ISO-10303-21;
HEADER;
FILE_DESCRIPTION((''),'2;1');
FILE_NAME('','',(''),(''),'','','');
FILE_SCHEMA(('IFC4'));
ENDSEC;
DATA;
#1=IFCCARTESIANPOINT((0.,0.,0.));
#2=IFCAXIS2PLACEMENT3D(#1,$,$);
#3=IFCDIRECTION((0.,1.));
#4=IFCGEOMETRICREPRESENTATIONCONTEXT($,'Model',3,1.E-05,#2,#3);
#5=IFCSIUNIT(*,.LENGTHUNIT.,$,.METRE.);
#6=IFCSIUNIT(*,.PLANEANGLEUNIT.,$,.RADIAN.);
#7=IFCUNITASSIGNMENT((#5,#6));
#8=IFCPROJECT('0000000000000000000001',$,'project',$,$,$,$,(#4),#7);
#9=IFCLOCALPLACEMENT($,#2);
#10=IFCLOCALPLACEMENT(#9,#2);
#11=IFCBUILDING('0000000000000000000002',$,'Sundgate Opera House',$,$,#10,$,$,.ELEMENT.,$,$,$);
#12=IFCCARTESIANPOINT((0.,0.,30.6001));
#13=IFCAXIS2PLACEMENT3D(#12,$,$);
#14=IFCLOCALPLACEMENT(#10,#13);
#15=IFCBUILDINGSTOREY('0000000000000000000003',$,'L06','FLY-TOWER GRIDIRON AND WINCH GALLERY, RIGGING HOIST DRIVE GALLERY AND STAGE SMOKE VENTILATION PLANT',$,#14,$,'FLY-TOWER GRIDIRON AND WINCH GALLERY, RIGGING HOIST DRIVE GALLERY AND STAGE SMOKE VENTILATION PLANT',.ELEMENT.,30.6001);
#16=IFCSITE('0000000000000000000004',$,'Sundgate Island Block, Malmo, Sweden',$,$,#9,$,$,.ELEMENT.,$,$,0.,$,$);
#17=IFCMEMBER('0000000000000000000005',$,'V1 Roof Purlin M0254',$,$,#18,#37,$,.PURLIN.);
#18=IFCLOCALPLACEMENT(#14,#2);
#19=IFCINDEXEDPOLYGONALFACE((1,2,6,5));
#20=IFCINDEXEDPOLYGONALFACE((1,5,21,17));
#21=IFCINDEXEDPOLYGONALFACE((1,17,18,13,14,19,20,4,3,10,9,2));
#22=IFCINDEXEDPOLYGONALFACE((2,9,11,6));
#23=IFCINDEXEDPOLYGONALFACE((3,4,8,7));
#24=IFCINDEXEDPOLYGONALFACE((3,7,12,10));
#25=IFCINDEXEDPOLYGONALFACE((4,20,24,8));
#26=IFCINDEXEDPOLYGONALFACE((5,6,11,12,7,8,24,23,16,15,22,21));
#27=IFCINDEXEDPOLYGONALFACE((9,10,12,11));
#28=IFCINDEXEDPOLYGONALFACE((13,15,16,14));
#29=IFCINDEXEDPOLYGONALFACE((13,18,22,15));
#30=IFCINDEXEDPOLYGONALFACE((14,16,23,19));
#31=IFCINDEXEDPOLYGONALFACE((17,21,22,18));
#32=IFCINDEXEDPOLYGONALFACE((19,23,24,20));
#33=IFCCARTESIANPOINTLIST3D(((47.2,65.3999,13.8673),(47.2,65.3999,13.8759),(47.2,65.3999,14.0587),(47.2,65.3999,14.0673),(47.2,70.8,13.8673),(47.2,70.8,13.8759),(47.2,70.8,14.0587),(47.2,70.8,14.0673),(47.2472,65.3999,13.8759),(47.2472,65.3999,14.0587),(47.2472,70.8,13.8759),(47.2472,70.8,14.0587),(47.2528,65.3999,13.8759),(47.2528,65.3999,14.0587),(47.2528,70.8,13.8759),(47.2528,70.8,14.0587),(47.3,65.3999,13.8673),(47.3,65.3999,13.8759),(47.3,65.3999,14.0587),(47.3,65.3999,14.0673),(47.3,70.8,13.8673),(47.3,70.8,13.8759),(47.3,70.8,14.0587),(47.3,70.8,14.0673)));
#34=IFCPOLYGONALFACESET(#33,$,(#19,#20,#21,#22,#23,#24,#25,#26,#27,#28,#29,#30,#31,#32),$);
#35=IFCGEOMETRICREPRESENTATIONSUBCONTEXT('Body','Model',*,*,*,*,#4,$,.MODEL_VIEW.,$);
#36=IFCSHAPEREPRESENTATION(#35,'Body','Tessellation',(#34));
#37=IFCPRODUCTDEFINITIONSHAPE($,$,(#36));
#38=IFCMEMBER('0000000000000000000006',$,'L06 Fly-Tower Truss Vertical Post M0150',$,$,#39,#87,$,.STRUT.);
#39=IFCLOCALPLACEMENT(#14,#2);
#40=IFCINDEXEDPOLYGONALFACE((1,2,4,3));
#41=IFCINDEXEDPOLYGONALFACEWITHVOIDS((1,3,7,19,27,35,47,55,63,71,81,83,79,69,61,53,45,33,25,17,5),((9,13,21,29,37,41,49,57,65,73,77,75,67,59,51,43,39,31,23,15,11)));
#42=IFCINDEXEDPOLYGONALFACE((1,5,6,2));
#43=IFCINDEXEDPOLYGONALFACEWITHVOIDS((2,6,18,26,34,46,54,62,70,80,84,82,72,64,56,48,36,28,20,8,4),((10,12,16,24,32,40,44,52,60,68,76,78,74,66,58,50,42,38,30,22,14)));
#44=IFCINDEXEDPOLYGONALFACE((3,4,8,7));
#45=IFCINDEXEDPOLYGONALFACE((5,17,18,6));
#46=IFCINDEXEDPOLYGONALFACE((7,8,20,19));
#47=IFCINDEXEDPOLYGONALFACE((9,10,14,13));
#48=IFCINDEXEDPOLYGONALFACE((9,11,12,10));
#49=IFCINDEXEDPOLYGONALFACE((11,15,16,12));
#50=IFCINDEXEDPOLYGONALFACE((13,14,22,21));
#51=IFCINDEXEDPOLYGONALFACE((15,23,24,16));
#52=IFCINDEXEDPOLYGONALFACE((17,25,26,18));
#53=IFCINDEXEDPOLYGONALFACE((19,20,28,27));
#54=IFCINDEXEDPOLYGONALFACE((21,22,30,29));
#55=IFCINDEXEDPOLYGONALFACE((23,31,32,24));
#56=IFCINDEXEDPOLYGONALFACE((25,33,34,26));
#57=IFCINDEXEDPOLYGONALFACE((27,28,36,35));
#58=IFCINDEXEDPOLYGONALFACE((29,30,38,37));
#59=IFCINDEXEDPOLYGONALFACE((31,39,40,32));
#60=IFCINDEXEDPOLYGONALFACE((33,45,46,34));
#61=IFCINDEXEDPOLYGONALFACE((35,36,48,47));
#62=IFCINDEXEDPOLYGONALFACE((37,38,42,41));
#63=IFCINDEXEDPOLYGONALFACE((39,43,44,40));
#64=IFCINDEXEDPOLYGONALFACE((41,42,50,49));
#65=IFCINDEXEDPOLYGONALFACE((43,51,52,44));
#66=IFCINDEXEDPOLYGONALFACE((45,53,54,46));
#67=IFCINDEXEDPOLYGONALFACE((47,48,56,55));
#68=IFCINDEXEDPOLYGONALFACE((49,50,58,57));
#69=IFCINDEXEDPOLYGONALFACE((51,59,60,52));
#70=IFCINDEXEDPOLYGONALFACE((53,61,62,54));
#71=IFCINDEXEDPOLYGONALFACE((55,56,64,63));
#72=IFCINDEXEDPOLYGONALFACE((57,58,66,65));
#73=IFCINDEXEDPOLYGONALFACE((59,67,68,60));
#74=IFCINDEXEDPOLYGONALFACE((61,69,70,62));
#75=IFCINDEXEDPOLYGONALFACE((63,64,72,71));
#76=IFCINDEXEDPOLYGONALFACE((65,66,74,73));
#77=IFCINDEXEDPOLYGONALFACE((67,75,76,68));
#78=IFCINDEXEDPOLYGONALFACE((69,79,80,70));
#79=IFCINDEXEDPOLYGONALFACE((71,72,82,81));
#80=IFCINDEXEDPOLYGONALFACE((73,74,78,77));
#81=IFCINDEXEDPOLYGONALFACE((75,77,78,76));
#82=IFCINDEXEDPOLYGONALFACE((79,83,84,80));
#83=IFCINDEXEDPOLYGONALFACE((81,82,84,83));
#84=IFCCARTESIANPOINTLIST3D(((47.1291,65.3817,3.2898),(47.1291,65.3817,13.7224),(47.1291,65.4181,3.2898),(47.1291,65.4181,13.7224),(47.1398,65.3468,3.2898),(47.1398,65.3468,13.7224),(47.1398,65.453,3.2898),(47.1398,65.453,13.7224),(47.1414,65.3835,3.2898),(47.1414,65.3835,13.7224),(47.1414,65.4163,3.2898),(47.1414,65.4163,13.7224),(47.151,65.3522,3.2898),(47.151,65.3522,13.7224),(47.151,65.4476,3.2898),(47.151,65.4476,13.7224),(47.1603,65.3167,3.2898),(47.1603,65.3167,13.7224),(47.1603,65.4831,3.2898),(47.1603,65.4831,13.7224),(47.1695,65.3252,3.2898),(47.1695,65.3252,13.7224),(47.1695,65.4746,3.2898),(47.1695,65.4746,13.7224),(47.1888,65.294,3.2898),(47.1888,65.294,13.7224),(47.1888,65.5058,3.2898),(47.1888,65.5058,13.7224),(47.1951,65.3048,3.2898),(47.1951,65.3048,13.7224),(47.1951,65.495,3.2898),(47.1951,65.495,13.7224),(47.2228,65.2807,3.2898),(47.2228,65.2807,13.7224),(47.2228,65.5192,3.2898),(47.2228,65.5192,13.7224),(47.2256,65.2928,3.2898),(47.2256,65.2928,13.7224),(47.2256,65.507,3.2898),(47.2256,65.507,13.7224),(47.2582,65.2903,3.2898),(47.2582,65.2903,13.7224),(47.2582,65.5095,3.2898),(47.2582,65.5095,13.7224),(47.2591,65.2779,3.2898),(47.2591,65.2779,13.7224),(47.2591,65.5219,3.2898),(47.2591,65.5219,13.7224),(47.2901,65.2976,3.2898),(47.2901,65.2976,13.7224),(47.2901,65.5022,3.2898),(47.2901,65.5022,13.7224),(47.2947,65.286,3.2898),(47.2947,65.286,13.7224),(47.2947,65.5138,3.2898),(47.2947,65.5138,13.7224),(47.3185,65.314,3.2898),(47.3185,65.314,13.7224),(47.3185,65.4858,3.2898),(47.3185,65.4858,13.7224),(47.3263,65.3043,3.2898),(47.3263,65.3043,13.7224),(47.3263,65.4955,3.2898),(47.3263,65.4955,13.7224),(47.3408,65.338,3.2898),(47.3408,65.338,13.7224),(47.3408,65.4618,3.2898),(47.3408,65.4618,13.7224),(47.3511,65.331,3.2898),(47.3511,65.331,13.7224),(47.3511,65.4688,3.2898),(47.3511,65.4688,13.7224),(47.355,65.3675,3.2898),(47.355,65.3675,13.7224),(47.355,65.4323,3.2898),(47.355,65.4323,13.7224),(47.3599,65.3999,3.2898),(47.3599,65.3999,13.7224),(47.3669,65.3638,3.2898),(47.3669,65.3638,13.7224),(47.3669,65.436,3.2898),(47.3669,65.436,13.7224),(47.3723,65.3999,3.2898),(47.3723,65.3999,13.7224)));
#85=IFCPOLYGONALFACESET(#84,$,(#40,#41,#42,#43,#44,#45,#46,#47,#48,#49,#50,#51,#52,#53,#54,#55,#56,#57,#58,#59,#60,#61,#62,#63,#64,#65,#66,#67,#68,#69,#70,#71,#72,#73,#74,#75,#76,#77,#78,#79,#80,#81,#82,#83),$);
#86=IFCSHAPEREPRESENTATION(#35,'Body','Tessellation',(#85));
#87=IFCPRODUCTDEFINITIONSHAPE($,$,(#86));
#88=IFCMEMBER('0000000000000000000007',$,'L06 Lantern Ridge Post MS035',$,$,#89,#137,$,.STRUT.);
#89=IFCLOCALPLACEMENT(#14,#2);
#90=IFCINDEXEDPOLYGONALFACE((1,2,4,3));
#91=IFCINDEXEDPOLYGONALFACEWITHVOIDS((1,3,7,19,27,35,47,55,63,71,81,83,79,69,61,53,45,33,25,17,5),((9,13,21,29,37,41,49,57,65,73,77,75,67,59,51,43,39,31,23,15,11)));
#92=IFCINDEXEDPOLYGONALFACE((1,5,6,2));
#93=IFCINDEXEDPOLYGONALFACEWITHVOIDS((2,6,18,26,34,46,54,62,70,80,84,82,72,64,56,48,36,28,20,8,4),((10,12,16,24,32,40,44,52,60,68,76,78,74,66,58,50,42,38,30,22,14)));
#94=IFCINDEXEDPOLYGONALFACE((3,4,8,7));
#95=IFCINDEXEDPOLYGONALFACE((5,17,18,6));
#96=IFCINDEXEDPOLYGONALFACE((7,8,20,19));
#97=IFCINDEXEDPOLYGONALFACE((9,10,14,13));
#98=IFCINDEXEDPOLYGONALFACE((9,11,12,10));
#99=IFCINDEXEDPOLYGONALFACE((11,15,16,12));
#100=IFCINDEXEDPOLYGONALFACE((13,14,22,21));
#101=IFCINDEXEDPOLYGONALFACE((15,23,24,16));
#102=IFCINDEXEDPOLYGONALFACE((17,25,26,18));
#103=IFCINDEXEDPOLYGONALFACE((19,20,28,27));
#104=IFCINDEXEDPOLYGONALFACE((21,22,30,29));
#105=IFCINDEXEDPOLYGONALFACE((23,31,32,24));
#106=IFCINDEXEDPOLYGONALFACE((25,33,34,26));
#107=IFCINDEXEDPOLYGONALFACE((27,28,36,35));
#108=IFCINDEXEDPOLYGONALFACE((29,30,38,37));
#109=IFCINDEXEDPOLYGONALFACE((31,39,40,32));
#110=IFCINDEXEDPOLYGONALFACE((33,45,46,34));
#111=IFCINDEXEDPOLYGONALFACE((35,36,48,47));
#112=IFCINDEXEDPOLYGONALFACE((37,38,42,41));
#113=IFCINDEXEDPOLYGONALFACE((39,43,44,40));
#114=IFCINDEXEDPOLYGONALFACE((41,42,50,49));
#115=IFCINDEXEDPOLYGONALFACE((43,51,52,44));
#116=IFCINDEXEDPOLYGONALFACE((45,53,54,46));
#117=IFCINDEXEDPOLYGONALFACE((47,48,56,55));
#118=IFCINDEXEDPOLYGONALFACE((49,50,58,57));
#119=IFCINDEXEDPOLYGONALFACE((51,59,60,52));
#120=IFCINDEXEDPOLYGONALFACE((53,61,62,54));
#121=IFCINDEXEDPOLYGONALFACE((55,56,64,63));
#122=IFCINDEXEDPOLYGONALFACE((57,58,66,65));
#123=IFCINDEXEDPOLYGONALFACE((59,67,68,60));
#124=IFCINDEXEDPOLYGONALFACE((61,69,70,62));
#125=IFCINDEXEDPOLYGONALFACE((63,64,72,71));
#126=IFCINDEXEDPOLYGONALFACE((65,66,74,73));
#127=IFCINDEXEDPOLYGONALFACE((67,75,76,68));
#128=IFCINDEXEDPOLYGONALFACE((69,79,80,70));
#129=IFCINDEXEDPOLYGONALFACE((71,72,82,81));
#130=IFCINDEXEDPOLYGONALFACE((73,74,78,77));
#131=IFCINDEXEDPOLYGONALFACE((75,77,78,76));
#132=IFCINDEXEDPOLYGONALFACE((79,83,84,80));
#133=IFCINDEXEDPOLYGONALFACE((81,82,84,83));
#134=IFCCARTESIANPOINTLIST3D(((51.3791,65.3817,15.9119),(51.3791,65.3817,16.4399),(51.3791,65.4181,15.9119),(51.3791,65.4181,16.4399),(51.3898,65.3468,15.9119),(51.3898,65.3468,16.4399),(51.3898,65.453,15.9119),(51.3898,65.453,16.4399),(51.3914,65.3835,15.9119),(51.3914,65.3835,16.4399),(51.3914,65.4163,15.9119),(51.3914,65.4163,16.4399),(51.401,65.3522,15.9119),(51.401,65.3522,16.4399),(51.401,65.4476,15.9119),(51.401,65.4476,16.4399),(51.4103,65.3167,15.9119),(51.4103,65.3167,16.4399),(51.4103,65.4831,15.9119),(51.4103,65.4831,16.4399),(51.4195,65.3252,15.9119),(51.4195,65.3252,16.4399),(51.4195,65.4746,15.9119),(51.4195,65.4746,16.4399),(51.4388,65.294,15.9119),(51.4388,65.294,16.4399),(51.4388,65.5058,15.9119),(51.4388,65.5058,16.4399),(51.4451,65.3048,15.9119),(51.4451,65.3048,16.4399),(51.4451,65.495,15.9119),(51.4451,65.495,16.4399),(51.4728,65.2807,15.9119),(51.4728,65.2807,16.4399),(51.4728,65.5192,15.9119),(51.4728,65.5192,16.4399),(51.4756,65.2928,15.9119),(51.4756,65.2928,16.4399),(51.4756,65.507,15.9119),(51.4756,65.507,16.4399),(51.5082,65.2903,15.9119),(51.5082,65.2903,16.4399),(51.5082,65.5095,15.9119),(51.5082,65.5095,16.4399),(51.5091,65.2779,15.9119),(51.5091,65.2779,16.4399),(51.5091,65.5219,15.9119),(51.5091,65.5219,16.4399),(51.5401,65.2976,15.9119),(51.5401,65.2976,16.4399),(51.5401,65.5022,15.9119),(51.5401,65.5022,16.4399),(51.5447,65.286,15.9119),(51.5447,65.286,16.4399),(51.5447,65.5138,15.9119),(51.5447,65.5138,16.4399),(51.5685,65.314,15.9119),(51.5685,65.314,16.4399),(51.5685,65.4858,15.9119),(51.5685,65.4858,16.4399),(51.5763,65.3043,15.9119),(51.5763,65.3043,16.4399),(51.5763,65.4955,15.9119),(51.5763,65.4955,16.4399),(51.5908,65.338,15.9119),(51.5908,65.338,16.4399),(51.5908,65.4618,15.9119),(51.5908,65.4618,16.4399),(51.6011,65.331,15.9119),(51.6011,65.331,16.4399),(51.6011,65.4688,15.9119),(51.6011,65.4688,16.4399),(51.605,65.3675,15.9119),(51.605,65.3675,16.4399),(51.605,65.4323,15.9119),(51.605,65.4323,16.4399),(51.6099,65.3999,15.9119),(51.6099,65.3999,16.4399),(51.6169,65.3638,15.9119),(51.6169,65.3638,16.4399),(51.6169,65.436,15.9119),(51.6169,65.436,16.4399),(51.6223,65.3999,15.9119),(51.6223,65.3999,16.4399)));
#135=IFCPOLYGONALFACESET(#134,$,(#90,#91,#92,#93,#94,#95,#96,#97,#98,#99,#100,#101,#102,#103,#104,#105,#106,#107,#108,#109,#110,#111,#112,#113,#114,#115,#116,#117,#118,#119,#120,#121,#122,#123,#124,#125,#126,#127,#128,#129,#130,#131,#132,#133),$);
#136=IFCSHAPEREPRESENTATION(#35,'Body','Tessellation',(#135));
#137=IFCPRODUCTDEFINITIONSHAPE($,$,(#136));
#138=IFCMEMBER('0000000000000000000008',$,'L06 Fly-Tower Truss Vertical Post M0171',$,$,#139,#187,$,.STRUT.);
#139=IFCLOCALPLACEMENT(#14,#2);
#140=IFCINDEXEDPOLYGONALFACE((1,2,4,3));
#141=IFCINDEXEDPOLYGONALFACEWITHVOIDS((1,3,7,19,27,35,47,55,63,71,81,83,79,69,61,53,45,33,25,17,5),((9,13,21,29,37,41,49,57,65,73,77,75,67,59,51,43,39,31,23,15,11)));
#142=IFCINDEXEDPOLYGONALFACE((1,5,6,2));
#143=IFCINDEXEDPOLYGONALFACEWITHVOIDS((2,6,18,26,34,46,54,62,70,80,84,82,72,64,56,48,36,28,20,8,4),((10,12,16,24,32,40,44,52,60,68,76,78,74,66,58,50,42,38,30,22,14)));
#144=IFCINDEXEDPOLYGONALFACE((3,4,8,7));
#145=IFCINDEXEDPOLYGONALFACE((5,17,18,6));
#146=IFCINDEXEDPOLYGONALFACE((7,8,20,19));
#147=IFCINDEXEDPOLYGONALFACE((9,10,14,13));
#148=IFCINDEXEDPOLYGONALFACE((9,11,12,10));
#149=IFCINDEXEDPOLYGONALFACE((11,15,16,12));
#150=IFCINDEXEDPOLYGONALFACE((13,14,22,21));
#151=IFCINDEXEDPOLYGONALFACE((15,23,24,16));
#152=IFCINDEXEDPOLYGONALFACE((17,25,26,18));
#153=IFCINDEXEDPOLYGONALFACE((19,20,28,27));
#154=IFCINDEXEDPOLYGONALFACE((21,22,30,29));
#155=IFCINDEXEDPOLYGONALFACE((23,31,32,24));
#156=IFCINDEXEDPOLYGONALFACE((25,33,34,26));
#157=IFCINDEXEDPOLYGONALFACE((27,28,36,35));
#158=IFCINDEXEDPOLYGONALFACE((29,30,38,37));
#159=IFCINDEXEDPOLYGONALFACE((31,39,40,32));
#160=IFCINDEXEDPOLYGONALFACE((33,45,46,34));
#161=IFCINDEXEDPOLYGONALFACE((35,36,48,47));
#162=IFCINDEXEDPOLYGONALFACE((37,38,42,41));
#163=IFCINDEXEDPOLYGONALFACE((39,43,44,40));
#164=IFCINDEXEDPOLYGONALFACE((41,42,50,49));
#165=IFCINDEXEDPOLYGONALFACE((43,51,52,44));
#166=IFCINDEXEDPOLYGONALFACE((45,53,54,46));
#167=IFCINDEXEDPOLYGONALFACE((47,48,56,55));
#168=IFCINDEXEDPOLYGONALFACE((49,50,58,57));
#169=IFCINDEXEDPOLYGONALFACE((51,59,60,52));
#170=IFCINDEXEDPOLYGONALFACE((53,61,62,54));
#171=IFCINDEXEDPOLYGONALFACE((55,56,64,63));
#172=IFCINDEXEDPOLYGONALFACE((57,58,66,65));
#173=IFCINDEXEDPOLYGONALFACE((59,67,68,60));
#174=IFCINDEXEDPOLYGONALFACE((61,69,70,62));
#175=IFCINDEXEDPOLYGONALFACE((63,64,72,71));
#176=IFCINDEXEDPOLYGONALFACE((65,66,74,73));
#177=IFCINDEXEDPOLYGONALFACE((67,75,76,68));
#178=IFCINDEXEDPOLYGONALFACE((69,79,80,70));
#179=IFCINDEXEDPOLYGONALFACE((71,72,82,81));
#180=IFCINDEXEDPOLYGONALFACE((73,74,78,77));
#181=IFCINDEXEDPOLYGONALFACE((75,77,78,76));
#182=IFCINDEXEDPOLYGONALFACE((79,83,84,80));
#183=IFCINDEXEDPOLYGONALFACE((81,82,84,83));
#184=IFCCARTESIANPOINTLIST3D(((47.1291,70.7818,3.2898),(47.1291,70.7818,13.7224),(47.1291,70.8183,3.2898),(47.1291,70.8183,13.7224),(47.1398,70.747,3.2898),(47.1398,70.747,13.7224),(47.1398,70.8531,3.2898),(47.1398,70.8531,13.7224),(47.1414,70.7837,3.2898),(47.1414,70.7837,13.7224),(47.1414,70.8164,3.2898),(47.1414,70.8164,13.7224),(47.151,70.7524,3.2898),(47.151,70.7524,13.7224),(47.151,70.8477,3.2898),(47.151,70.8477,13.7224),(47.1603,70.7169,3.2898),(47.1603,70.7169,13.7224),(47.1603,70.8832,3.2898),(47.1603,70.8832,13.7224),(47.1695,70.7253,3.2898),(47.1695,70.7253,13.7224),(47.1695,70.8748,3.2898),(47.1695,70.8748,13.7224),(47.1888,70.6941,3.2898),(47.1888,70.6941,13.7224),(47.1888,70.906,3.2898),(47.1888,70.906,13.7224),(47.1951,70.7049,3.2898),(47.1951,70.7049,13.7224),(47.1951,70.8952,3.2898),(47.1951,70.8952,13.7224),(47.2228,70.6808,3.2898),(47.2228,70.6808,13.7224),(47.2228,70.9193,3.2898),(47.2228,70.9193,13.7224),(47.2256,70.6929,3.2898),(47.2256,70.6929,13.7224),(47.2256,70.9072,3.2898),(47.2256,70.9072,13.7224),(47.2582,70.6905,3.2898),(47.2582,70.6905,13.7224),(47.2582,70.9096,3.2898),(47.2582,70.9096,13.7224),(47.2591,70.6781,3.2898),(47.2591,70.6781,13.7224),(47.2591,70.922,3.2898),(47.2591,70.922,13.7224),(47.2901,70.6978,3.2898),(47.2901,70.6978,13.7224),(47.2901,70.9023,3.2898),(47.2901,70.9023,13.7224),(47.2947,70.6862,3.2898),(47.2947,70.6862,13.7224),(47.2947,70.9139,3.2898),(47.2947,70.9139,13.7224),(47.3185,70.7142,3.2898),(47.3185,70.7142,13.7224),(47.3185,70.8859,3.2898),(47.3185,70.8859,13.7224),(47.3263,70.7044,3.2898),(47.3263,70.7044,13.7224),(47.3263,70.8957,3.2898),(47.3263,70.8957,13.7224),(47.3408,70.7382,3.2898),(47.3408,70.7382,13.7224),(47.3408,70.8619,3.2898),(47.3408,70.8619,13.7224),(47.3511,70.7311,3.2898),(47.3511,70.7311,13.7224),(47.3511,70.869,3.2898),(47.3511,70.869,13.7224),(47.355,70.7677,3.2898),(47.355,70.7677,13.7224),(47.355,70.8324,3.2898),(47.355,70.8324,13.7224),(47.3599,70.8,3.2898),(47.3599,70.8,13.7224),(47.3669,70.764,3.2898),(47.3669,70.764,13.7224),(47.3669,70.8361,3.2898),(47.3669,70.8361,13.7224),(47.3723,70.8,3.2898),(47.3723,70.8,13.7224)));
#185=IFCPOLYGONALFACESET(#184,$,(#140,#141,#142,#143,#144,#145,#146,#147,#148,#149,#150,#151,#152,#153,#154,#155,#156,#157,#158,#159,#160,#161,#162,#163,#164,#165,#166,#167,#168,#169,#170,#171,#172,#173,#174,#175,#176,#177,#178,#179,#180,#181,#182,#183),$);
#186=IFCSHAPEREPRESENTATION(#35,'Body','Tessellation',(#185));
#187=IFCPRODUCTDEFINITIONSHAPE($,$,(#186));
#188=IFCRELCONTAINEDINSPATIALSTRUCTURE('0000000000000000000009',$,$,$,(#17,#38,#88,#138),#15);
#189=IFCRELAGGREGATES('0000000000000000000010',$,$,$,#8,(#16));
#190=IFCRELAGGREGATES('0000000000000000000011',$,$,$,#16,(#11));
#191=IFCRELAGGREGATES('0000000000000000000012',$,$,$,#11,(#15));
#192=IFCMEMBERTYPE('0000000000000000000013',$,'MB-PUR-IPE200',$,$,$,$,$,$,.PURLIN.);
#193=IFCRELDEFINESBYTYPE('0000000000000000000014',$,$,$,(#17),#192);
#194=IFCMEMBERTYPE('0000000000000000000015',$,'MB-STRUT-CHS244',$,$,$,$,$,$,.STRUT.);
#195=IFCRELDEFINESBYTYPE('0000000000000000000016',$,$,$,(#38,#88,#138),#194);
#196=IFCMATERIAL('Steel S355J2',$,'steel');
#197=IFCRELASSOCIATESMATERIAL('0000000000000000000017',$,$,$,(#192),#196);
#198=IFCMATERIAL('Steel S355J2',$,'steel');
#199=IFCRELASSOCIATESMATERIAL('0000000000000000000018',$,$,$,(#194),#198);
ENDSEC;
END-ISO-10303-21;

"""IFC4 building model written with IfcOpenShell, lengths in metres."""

from ifc_helpers import new_model, si_unit, direction, frame, origin, origin_2d, place, context, subcontext, project, spatial, hollow_circle, i_section, extrude, material, material_profile, profile_set, type_object, element, save


model = new_model("IFC4")

# Units and contexts
model_context = context("Model", 3, precision=1e-05, world=origin(), true_north=direction((0.0, 1.0)))
body_context = subcontext(model_context, "Body", "Model", "MODEL_VIEW")
ifc_project = project(units=[si_unit("LENGTHUNIT", "METRE"), si_unit("PLANEANGLEUNIT", "RADIAN")], contexts=[model_context])

# Site, building, storey
site_placement = place(None, origin())
site = spatial("IfcSite", under=ifc_project, at=site_placement, Name="Sundgate Island Block, Malmo, Sweden", CompositionType="ELEMENT", RefElevation=0.0)
building_placement = place(site_placement, origin())
building = spatial("IfcBuilding", under=site, at=building_placement, Name="Sundgate Opera House", CompositionType="ELEMENT")
storey_placement = place(building_placement, frame((0.0, 0.0, 30.6001)))
storey = spatial("IfcBuildingStorey", under=building, at=storey_placement, Name="L06", Description="FLY-TOWER GRIDIRON AND WINCH GALLERY, RIGGING HOIST DRIVE GALLERY AND STAGE SMOKE VENTILATION PLANT", LongName="FLY-TOWER GRIDIRON AND WINCH GALLERY, RIGGING HOIST DRIVE GALLERY AND STAGE SMOKE VENTILATION PLANT", CompositionType="ELEMENT", Elevation=30.6001)

# Members
ifc_material_1 = material(Name="Steel S355J2", Category="steel")
ifc_material_profile_1 = material_profile(ifc_material_1, i_section(OverallWidth=0.1001, OverallDepth=0.2, WebThickness=0.0056, FlangeThickness=0.0085, at=origin_2d()), Name="IPE 200")
ifc_profile_set_1 = profile_set([ifc_material_profile_1], Name="Steel S355J2")
member_type_1 = type_object("IfcMemberType", Name="MB-PUR-IPE200", PredefinedType="PURLIN", material=ifc_profile_set_1)
member_1_placement = place(storey_placement, frame((47.25, 65.3999, 13.9673), z_axis=(0.0, 1.0, 0.0), x_axis=(-1.0, 0.0, 0.0)))
element("IfcMember", 1, at=member_1_placement, inside=storey, type_object=member_type_1, Name="V1 Roof Purlin M0254", PredefinedType="PURLIN", context=body_context, shape_type="SweptSolid", body=[
    extrude(i_section(OverallWidth=0.1001, OverallDepth=0.2, WebThickness=0.0056, FlangeThickness=0.0085, at=origin_2d()), origin(), (0.0, 0.0, 1.0), 5.4001),
])
ifc_material_2 = material(Name="Steel S355J2", Category="steel")
ifc_material_profile_2 = material_profile(ifc_material_2, hollow_circle(Radius=0.1223, WallThickness=0.0125, at=origin_2d()), Name="CHS 244.5x12.5")
ifc_profile_set_2 = profile_set([ifc_material_profile_2], Name="Steel S355J2")
member_type_2 = type_object("IfcMemberType", Name="MB-STRUT-CHS244", PredefinedType="STRUT", material=ifc_profile_set_2)
member_2_placement = place(storey_placement, frame((47.25, 65.3999, 3.2898), z_axis=(0.0, 0.0, 1.0), x_axis=(1.0, 0.0, 0.0)))
element("IfcMember", 2, at=member_2_placement, inside=storey, type_object=member_type_2, Name="L06 Fly-Tower Truss Vertical Post M0150", PredefinedType="STRUT", context=body_context, shape_type="SweptSolid", body=[
    extrude(hollow_circle(Radius=0.1223, WallThickness=0.0125, at=origin_2d()), origin(), (0.0, 0.0, 1.0), 10.4326),
])
member_3_placement = place(storey_placement, frame((51.5, 65.3999, 15.9119), z_axis=(0.0, 0.0, 1.0), x_axis=(1.0, 0.0, 0.0)))
element("IfcMember", 3, at=member_3_placement, inside=storey, type_object=member_type_2, Name="L06 Lantern Ridge Post MS035", PredefinedType="STRUT", context=body_context, shape_type="SweptSolid", body=[
    extrude(hollow_circle(Radius=0.1223, WallThickness=0.0125, at=origin_2d()), origin(), (0.0, 0.0, 1.0), 0.5281),
])
member_4_placement = place(storey_placement, frame((47.25, 70.8, 3.2898), z_axis=(0.0, 0.0, 1.0), x_axis=(1.0, 0.0, 0.0)))
element("IfcMember", 4, at=member_4_placement, inside=storey, type_object=member_type_2, Name="L06 Fly-Tower Truss Vertical Post M0171", PredefinedType="STRUT", context=body_context, shape_type="SweptSolid", body=[
    extrude(hollow_circle(Radius=0.1223, WallThickness=0.0125, at=origin_2d()), origin(), (0.0, 0.0, 1.0), 10.4326),
])

save(model, "model.ifc")
